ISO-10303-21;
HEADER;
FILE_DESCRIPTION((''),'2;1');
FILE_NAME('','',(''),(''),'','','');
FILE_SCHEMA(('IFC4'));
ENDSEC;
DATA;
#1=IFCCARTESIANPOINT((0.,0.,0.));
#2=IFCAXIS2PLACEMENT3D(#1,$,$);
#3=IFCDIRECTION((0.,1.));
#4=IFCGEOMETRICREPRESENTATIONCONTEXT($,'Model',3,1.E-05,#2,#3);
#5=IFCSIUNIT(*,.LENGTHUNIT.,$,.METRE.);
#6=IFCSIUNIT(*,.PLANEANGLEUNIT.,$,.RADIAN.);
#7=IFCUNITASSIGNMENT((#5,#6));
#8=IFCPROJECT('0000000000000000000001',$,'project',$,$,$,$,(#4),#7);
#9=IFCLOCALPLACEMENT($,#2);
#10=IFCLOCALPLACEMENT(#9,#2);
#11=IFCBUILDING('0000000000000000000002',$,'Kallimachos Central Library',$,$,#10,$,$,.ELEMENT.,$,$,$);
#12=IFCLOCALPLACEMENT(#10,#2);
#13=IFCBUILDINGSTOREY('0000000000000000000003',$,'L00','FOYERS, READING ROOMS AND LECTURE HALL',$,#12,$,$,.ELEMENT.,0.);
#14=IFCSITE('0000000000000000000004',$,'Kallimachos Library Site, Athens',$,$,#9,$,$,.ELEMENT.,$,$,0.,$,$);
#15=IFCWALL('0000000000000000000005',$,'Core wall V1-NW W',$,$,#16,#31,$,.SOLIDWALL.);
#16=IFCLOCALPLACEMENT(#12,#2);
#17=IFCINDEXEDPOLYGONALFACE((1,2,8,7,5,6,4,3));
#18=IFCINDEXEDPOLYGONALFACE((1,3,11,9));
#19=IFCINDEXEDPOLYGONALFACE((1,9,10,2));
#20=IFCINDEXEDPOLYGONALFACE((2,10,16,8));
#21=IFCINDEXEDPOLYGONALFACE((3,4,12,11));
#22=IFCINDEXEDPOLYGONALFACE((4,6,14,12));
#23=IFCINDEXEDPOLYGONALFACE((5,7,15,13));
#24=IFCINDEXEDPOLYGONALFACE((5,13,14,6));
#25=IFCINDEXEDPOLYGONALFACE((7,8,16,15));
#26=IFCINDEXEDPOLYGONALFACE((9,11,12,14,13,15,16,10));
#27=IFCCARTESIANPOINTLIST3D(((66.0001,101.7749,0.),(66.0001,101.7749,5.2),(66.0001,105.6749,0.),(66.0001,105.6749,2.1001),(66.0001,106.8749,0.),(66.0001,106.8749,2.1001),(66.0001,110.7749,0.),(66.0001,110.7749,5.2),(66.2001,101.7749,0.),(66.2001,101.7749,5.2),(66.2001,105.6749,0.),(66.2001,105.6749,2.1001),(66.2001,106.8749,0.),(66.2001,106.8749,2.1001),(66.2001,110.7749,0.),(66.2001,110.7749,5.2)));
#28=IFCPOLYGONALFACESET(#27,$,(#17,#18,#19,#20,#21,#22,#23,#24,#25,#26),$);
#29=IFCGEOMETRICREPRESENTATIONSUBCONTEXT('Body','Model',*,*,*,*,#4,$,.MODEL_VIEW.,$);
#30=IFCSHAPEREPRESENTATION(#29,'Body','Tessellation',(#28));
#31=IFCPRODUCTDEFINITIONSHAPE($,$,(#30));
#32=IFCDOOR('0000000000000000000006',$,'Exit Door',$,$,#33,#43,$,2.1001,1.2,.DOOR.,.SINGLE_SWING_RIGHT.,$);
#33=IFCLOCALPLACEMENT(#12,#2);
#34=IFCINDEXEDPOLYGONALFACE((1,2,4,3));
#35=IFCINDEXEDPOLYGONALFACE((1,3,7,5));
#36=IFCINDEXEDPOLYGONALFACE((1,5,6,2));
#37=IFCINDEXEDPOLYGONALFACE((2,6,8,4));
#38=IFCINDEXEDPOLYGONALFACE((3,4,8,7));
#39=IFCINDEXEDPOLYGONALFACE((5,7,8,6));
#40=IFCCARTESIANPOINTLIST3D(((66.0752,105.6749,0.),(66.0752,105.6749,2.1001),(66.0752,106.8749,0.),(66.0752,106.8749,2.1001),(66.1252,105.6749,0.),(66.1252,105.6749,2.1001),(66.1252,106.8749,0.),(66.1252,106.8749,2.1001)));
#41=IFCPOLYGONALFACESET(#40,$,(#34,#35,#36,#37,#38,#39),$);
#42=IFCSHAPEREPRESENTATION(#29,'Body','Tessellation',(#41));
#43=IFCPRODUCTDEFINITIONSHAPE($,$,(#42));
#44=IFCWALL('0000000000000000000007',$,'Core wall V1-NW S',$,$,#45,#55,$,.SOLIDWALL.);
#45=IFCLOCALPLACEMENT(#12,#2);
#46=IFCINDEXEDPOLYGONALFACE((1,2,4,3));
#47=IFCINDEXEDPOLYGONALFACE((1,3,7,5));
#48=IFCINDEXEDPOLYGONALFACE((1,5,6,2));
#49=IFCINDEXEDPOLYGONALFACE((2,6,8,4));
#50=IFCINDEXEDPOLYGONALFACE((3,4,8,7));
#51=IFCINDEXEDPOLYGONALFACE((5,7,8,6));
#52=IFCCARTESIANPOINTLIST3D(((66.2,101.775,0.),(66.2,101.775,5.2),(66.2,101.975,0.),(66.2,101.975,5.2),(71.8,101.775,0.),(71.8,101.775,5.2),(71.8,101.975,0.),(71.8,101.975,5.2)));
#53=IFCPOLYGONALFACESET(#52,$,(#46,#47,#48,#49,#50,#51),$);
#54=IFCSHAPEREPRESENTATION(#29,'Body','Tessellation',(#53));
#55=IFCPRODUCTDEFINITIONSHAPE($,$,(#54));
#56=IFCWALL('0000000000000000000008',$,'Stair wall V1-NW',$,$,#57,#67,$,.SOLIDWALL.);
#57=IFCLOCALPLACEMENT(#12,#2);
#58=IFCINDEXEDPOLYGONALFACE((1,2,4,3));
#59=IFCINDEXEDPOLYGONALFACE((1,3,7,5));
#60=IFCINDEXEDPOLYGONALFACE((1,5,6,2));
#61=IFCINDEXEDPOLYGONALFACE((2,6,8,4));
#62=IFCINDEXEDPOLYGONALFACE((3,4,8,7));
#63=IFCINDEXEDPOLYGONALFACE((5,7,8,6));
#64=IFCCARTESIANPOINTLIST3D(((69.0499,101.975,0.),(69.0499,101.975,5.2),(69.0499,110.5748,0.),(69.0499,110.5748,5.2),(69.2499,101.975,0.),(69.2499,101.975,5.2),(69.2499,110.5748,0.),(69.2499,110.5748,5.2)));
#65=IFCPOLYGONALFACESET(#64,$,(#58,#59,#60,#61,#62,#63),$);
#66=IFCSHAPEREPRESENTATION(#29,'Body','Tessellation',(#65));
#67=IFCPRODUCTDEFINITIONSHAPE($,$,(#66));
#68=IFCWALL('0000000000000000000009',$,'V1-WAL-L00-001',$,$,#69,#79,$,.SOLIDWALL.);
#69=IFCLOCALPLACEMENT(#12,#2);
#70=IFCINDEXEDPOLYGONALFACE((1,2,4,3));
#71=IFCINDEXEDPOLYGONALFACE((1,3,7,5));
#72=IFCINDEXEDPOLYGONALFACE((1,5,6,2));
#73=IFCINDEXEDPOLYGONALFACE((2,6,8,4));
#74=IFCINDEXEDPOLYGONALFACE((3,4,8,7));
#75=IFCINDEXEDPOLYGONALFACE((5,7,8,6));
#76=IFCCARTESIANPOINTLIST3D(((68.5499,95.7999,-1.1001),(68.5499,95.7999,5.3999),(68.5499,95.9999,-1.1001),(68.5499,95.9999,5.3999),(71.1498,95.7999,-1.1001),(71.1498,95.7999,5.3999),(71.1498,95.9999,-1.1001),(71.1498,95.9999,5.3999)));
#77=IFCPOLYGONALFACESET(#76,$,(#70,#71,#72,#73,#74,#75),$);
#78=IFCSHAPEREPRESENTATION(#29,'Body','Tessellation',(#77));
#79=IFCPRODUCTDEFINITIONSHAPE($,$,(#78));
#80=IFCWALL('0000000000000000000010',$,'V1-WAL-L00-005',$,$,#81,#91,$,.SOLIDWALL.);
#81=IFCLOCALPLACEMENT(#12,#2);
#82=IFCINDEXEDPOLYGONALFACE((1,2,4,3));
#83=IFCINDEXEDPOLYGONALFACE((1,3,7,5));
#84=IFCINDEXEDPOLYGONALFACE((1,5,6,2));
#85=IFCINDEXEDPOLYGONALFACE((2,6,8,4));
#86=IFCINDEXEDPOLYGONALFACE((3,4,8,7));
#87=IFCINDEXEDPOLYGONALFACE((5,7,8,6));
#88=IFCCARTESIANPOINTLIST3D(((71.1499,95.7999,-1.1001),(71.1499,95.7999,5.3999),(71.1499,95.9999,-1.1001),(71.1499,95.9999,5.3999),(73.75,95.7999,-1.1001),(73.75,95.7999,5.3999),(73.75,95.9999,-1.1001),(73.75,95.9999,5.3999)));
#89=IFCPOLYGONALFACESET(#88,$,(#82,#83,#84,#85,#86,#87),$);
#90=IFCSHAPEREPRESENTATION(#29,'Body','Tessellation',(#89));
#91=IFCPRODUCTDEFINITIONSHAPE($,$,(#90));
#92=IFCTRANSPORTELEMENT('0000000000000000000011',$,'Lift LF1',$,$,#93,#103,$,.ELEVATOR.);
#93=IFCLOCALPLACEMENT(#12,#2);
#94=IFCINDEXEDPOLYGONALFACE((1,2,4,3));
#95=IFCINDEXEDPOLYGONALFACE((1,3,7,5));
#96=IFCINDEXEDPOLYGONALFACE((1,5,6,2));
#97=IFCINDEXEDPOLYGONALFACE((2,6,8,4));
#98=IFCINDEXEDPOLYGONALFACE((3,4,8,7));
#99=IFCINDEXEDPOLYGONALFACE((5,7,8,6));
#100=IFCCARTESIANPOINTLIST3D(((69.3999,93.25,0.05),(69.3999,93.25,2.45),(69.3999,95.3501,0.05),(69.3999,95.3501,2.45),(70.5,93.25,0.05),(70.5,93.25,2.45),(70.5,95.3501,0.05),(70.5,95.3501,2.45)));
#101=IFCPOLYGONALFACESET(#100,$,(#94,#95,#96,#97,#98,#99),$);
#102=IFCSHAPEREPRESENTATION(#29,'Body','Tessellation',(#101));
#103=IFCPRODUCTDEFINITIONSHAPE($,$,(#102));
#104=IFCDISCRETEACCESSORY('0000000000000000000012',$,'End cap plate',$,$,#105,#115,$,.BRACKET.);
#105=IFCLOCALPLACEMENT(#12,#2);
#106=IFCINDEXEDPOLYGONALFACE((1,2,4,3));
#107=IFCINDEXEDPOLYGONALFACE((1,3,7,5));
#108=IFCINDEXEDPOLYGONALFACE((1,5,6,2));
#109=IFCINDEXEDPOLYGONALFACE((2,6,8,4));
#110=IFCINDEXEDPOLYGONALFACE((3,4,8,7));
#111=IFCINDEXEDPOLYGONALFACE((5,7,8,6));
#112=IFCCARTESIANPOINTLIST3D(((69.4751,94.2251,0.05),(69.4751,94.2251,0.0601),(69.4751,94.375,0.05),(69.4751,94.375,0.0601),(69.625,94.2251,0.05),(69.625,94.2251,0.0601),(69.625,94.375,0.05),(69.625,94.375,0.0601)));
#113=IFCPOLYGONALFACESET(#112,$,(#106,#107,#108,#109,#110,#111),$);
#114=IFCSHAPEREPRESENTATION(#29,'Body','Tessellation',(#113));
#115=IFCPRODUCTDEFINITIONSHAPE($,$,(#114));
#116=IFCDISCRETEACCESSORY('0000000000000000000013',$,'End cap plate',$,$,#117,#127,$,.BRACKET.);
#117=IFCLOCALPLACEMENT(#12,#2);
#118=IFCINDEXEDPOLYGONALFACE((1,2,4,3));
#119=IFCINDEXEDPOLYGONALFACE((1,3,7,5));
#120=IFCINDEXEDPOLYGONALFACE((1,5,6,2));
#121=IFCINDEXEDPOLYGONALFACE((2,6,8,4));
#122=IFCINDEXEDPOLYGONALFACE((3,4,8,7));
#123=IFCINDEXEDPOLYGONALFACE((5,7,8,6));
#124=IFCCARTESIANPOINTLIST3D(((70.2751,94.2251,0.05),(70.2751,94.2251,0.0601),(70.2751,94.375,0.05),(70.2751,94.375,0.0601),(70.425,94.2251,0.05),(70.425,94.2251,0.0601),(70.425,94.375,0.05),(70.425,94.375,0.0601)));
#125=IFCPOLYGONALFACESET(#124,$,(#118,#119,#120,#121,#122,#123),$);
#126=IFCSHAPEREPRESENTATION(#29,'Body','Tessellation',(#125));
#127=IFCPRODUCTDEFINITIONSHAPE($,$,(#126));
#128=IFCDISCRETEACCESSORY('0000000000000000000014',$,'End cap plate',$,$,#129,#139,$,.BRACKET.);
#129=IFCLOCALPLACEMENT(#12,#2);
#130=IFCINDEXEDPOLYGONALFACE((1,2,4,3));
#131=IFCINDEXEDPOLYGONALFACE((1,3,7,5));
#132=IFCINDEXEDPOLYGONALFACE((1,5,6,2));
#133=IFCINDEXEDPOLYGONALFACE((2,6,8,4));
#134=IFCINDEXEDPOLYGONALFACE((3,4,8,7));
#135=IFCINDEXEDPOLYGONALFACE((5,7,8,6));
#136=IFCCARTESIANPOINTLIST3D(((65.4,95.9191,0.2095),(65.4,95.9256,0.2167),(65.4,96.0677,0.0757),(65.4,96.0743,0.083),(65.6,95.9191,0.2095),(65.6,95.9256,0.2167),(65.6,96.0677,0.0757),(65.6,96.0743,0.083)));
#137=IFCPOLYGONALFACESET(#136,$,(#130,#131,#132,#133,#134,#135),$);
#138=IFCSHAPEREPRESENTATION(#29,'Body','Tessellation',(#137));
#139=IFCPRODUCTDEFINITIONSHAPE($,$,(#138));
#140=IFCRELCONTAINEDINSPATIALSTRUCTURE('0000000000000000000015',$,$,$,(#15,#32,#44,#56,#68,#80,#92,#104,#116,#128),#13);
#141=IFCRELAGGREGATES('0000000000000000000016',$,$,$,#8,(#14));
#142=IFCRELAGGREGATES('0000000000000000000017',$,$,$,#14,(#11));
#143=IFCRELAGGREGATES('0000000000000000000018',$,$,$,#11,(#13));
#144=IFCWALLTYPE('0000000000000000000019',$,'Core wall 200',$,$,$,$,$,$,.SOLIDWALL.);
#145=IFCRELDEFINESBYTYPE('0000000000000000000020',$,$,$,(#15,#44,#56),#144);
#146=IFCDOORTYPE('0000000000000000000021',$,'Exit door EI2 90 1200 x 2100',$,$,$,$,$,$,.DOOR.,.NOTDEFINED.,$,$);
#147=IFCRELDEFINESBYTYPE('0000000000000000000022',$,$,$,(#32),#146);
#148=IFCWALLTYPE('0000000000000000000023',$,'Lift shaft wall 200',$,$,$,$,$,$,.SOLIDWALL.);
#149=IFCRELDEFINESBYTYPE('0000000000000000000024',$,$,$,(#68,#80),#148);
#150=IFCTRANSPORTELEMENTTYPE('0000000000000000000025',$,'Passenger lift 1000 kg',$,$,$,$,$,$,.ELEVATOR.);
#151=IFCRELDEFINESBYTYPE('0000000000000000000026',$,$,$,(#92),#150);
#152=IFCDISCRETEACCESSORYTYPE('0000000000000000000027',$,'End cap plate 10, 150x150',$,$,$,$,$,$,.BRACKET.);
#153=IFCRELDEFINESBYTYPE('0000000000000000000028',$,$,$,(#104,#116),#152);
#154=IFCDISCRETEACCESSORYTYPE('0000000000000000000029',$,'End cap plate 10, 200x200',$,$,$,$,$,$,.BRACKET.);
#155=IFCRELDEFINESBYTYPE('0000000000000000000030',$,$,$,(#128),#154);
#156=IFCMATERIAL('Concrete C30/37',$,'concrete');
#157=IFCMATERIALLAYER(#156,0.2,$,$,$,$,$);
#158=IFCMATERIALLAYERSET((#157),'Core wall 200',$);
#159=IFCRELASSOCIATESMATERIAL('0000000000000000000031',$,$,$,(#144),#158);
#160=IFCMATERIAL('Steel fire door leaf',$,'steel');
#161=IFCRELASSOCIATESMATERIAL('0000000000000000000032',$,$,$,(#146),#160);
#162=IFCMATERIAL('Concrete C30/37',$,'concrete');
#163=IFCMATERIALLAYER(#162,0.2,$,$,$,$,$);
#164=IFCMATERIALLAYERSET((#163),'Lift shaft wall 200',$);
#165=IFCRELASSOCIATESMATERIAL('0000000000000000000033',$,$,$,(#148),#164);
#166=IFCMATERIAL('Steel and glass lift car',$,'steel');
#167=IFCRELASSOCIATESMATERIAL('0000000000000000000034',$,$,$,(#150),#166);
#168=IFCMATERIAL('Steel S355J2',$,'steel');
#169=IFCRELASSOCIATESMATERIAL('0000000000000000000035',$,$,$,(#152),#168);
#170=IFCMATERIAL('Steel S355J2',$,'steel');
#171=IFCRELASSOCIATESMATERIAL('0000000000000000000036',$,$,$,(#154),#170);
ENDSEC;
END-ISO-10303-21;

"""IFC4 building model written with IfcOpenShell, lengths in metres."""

from ifc_helpers import new_model, si_unit, direction, frame, frame_2d, origin, origin_2d, place, context, subcontext, project, spatial, rectangle, extrude, material, layer, layer_set, material_profile, profile_set, type_object, element, fill, save


model = new_model("IFC4")

# Units and contexts
model_context = context("Model", 3, precision=1e-05, world=origin(), true_north=direction((0.0, 1.0)))
body_context = subcontext(model_context, "Body", "Model", "MODEL_VIEW")
ifc_project = project(units=[si_unit("LENGTHUNIT", "METRE"), si_unit("PLANEANGLEUNIT", "RADIAN")], contexts=[model_context])

# Site, building, storey
site_placement = place(None, origin())
site = spatial("IfcSite", under=ifc_project, at=site_placement, Name="Kallimachos Library Site, Athens", CompositionType="ELEMENT", RefElevation=0.0)
building_placement = place(site_placement, origin())
building = spatial("IfcBuilding", under=site, at=building_placement, Name="Kallimachos Central Library", CompositionType="ELEMENT")
storey_placement = place(building_placement, origin())
storey = spatial("IfcBuildingStorey", under=building, at=storey_placement, Name="L00", Description="FOYERS, READING ROOMS AND LECTURE HALL", CompositionType="ELEMENT", Elevation=0.0)

# Shared definitions
ifc_material_1 = material(Name="Concrete C30/37", Category="concrete")
ifc_layer_1 = layer(ifc_material_1, 0.2)
ifc_layer_set_1 = layer_set([ifc_layer_1], Name="Core wall 200")
wall_type_1 = type_object("IfcWallType", Name="Core wall 200", PredefinedType="SOLIDWALL", material=ifc_layer_set_1)

# Wall, opening, door
wall_1_placement = place(storey_placement, frame((66.1001, 101.7749, 0.0), z_axis=(0.0, 0.0, 1.0), x_axis=(0.0, 1.0, 0.0)))
wall_1 = element("IfcWall", 1, at=wall_1_placement, inside=storey, type_object=wall_type_1, Name="Core wall V1-NW W", PredefinedType="SOLIDWALL", context=body_context, shape_type="SweptSolid", body=[
    extrude(rectangle(XDim=9.0, YDim=0.2, at=frame_2d((4.5, 0.0))), origin(), (0.0, 0.0, 1.0), 5.2),
])
opening_1_placement = place(wall_1_placement, frame((3.8999, 0.0, 0.0)))
opening_1 = element("IfcOpeningElement", 2, at=opening_1_placement, cuts=wall_1, PredefinedType="OPENING", context=body_context, shape_type="SweptSolid", body=[
    extrude(rectangle(XDim=1.2, YDim=2.1001, at=frame_2d((0.6001, 1.05))), frame((0.0, 0.1099, 0.0), z_axis=(0.0, -1.0, 0.0), x_axis=(1.0, 0.0, 0.0)), (0.0, 0.0, 1.0), 0.22),
])
ifc_material_2 = material(Name="Steel fire door leaf", Category="steel")
door_type = type_object("IfcDoorType", Name="Exit door EI2 90 1200 x 2100", OperationType="NOTDEFINED", PredefinedType="DOOR", material=ifc_material_2)
door_placement = place(opening_1_placement, origin())
door = element("IfcDoor", 3, at=door_placement, inside=storey, type_object=door_type, Name="Exit Door", OperationType="SINGLE_SWING_RIGHT", OverallHeight=2.1001, OverallWidth=1.2, PredefinedType="DOOR", context=body_context, shape_type="SweptSolid", body=[
    extrude(rectangle(XDim=1.2, YDim=2.1001, at=frame_2d((0.6001, 1.05))), frame((0.0, 0.0249, 0.0), z_axis=(0.0, -1.0, 0.0), x_axis=(1.0, 0.0, 0.0)), (0.0, 0.0, 1.0), 0.05),
])
fill(opening_1, door)

# Walls
wall_2_placement = place(storey_placement, frame((66.2, 101.875, 0.0), z_axis=(0.0, 0.0, 1.0), x_axis=(1.0, 0.0, 0.0)))
element("IfcWall", 4, at=wall_2_placement, inside=storey, type_object=wall_type_1, Name="Core wall V1-NW S", PredefinedType="SOLIDWALL", context=body_context, shape_type="SweptSolid", body=[
    extrude(rectangle(XDim=5.6001, YDim=0.2, at=frame_2d((2.8, 0.0))), origin(), (0.0, 0.0, 1.0), 5.2),
])
wall_3_placement = place(storey_placement, frame((69.1499, 101.9751, 0.0), z_axis=(0.0, 0.0, 1.0), x_axis=(0.0, 1.0, 0.0)))
element("IfcWall", 5, at=wall_3_placement, inside=storey, type_object=wall_type_1, Name="Stair wall V1-NW", PredefinedType="SOLIDWALL", context=body_context, shape_type="SweptSolid", body=[
    extrude(rectangle(XDim=8.5999, YDim=0.2, at=frame_2d((4.2998, 0.0))), origin(), (0.0, 0.0, 1.0), 5.2),
])
ifc_material_3 = material(Name="Concrete C30/37", Category="concrete")
ifc_layer_2 = layer(ifc_material_3, 0.2)
ifc_layer_set_2 = layer_set([ifc_layer_2], Name="Lift shaft wall 200")
wall_type_2 = type_object("IfcWallType", Name="Lift shaft wall 200", PredefinedType="SOLIDWALL", material=ifc_layer_set_2)
wall_4_placement = place(storey_placement, frame((68.55, 95.8999, -1.1001), z_axis=(0.0, 0.0, 1.0), x_axis=(1.0, 0.0, 0.0)))
element("IfcWall", 6, at=wall_4_placement, inside=storey, type_object=wall_type_2, Name="V1-WAL-L00-001", PredefinedType="SOLIDWALL", context=body_context, shape_type="SweptSolid", body=[
    extrude(rectangle(XDim=2.5999, YDim=0.2, at=frame_2d((1.2998, 0.0))), origin(), (0.0, 0.0, 1.0), 6.5),
])
wall_5_placement = place(storey_placement, frame((71.1499, 95.8999, -1.1001), z_axis=(0.0, 0.0, 1.0), x_axis=(1.0, 0.0, 0.0)))
element("IfcWall", 7, at=wall_5_placement, inside=storey, type_object=wall_type_2, Name="V1-WAL-L00-005", PredefinedType="SOLIDWALL", context=body_context, shape_type="SweptSolid", body=[
    extrude(rectangle(XDim=2.6001, YDim=0.2, at=frame_2d((1.3, 0.0))), origin(), (0.0, 0.0, 1.0), 6.5),
])

# Transport element
ifc_material_4 = material(Name="Steel and glass lift car", Category="steel")
transport_element_type = type_object("IfcTransportElementType", Name="Passenger lift 1000 kg", PredefinedType="ELEVATOR", material=ifc_material_4)
transport_element_placement = place(storey_placement, frame((69.95, 94.3, 0.05), z_axis=(0.0, 0.0, 1.0), x_axis=(1.0, 0.0, 0.0)))
element("IfcTransportElement", 8, at=transport_element_placement, inside=storey, type_object=transport_element_type, Name="Lift LF1", PredefinedType="ELEVATOR", context=body_context, shape_type="SweptSolid", body=[
    extrude(rectangle(XDim=1.1001, YDim=2.1001, at=origin_2d()), origin(), (0.0, 0.0, 1.0), 2.3999),
])

# Discrete accessories
ifc_material_5 = material(Name="Steel S355J2", Category="steel")
ifc_material_profile_1 = material_profile(ifc_material_5, rectangle(XDim=0.1499, YDim=0.1499, at=origin_2d()), Name="End cap plate 10, 150x150")
ifc_profile_set_1 = profile_set([ifc_material_profile_1], Name="Steel S355J2")
discrete_accessory_type_1 = type_object("IfcDiscreteAccessoryType", Name="End cap plate 10, 150x150", PredefinedType="BRACKET", material=ifc_profile_set_1)
for number, where, z_axis, x_axis, name in (
    (9, (69.55, 94.3, 0.05), (0.0, 0.0, 1.0), (1.0, 0.0, 0.0), "End cap plate"),
    (10, (70.3501, 94.3, 0.05), (0.0, 0.0, 1.0), (1.0, 0.0, 0.0), "End cap plate"),
):
    element("IfcDiscreteAccessory", number, at=place(storey_placement, frame(where, z_axis=z_axis, x_axis=x_axis)), inside=storey, type_object=discrete_accessory_type_1, Name=name, PredefinedType="BRACKET", context=body_context, shape_type="SweptSolid", body=[
        extrude(rectangle(XDim=0.1499, YDim=0.1499, at=origin_2d()), origin(), (0.0, 0.0, 1.0), 0.01),
    ])
ifc_material_6 = material(Name="Steel S355J2", Category="steel")
ifc_material_profile_2 = material_profile(ifc_material_6, rectangle(XDim=0.2, YDim=0.2, at=origin_2d()), Name="End cap plate 10, 200x200")
ifc_profile_set_2 = profile_set([ifc_material_profile_2], Name="Steel S355J2")
discrete_accessory_type_2 = type_object("IfcDiscreteAccessoryType", Name="End cap plate 10, 200x200", PredefinedType="BRACKET", material=ifc_profile_set_2)
discrete_accessory_placement = place(storey_placement, frame((65.5, 95.9934, 0.1426), z_axis=(0.0, 0.668965, 0.743294), x_axis=(-1.0, 0.0, 0.0)))
element("IfcDiscreteAccessory", 11, at=discrete_accessory_placement, inside=storey, type_object=discrete_accessory_type_2, Name="End cap plate", PredefinedType="BRACKET", context=body_context, shape_type="SweptSolid", body=[
    extrude(rectangle(XDim=0.2, YDim=0.2, at=origin_2d()), origin(), (0.0, 0.0, 1.0), 0.0098),
])

save(model, "model.ifc")
